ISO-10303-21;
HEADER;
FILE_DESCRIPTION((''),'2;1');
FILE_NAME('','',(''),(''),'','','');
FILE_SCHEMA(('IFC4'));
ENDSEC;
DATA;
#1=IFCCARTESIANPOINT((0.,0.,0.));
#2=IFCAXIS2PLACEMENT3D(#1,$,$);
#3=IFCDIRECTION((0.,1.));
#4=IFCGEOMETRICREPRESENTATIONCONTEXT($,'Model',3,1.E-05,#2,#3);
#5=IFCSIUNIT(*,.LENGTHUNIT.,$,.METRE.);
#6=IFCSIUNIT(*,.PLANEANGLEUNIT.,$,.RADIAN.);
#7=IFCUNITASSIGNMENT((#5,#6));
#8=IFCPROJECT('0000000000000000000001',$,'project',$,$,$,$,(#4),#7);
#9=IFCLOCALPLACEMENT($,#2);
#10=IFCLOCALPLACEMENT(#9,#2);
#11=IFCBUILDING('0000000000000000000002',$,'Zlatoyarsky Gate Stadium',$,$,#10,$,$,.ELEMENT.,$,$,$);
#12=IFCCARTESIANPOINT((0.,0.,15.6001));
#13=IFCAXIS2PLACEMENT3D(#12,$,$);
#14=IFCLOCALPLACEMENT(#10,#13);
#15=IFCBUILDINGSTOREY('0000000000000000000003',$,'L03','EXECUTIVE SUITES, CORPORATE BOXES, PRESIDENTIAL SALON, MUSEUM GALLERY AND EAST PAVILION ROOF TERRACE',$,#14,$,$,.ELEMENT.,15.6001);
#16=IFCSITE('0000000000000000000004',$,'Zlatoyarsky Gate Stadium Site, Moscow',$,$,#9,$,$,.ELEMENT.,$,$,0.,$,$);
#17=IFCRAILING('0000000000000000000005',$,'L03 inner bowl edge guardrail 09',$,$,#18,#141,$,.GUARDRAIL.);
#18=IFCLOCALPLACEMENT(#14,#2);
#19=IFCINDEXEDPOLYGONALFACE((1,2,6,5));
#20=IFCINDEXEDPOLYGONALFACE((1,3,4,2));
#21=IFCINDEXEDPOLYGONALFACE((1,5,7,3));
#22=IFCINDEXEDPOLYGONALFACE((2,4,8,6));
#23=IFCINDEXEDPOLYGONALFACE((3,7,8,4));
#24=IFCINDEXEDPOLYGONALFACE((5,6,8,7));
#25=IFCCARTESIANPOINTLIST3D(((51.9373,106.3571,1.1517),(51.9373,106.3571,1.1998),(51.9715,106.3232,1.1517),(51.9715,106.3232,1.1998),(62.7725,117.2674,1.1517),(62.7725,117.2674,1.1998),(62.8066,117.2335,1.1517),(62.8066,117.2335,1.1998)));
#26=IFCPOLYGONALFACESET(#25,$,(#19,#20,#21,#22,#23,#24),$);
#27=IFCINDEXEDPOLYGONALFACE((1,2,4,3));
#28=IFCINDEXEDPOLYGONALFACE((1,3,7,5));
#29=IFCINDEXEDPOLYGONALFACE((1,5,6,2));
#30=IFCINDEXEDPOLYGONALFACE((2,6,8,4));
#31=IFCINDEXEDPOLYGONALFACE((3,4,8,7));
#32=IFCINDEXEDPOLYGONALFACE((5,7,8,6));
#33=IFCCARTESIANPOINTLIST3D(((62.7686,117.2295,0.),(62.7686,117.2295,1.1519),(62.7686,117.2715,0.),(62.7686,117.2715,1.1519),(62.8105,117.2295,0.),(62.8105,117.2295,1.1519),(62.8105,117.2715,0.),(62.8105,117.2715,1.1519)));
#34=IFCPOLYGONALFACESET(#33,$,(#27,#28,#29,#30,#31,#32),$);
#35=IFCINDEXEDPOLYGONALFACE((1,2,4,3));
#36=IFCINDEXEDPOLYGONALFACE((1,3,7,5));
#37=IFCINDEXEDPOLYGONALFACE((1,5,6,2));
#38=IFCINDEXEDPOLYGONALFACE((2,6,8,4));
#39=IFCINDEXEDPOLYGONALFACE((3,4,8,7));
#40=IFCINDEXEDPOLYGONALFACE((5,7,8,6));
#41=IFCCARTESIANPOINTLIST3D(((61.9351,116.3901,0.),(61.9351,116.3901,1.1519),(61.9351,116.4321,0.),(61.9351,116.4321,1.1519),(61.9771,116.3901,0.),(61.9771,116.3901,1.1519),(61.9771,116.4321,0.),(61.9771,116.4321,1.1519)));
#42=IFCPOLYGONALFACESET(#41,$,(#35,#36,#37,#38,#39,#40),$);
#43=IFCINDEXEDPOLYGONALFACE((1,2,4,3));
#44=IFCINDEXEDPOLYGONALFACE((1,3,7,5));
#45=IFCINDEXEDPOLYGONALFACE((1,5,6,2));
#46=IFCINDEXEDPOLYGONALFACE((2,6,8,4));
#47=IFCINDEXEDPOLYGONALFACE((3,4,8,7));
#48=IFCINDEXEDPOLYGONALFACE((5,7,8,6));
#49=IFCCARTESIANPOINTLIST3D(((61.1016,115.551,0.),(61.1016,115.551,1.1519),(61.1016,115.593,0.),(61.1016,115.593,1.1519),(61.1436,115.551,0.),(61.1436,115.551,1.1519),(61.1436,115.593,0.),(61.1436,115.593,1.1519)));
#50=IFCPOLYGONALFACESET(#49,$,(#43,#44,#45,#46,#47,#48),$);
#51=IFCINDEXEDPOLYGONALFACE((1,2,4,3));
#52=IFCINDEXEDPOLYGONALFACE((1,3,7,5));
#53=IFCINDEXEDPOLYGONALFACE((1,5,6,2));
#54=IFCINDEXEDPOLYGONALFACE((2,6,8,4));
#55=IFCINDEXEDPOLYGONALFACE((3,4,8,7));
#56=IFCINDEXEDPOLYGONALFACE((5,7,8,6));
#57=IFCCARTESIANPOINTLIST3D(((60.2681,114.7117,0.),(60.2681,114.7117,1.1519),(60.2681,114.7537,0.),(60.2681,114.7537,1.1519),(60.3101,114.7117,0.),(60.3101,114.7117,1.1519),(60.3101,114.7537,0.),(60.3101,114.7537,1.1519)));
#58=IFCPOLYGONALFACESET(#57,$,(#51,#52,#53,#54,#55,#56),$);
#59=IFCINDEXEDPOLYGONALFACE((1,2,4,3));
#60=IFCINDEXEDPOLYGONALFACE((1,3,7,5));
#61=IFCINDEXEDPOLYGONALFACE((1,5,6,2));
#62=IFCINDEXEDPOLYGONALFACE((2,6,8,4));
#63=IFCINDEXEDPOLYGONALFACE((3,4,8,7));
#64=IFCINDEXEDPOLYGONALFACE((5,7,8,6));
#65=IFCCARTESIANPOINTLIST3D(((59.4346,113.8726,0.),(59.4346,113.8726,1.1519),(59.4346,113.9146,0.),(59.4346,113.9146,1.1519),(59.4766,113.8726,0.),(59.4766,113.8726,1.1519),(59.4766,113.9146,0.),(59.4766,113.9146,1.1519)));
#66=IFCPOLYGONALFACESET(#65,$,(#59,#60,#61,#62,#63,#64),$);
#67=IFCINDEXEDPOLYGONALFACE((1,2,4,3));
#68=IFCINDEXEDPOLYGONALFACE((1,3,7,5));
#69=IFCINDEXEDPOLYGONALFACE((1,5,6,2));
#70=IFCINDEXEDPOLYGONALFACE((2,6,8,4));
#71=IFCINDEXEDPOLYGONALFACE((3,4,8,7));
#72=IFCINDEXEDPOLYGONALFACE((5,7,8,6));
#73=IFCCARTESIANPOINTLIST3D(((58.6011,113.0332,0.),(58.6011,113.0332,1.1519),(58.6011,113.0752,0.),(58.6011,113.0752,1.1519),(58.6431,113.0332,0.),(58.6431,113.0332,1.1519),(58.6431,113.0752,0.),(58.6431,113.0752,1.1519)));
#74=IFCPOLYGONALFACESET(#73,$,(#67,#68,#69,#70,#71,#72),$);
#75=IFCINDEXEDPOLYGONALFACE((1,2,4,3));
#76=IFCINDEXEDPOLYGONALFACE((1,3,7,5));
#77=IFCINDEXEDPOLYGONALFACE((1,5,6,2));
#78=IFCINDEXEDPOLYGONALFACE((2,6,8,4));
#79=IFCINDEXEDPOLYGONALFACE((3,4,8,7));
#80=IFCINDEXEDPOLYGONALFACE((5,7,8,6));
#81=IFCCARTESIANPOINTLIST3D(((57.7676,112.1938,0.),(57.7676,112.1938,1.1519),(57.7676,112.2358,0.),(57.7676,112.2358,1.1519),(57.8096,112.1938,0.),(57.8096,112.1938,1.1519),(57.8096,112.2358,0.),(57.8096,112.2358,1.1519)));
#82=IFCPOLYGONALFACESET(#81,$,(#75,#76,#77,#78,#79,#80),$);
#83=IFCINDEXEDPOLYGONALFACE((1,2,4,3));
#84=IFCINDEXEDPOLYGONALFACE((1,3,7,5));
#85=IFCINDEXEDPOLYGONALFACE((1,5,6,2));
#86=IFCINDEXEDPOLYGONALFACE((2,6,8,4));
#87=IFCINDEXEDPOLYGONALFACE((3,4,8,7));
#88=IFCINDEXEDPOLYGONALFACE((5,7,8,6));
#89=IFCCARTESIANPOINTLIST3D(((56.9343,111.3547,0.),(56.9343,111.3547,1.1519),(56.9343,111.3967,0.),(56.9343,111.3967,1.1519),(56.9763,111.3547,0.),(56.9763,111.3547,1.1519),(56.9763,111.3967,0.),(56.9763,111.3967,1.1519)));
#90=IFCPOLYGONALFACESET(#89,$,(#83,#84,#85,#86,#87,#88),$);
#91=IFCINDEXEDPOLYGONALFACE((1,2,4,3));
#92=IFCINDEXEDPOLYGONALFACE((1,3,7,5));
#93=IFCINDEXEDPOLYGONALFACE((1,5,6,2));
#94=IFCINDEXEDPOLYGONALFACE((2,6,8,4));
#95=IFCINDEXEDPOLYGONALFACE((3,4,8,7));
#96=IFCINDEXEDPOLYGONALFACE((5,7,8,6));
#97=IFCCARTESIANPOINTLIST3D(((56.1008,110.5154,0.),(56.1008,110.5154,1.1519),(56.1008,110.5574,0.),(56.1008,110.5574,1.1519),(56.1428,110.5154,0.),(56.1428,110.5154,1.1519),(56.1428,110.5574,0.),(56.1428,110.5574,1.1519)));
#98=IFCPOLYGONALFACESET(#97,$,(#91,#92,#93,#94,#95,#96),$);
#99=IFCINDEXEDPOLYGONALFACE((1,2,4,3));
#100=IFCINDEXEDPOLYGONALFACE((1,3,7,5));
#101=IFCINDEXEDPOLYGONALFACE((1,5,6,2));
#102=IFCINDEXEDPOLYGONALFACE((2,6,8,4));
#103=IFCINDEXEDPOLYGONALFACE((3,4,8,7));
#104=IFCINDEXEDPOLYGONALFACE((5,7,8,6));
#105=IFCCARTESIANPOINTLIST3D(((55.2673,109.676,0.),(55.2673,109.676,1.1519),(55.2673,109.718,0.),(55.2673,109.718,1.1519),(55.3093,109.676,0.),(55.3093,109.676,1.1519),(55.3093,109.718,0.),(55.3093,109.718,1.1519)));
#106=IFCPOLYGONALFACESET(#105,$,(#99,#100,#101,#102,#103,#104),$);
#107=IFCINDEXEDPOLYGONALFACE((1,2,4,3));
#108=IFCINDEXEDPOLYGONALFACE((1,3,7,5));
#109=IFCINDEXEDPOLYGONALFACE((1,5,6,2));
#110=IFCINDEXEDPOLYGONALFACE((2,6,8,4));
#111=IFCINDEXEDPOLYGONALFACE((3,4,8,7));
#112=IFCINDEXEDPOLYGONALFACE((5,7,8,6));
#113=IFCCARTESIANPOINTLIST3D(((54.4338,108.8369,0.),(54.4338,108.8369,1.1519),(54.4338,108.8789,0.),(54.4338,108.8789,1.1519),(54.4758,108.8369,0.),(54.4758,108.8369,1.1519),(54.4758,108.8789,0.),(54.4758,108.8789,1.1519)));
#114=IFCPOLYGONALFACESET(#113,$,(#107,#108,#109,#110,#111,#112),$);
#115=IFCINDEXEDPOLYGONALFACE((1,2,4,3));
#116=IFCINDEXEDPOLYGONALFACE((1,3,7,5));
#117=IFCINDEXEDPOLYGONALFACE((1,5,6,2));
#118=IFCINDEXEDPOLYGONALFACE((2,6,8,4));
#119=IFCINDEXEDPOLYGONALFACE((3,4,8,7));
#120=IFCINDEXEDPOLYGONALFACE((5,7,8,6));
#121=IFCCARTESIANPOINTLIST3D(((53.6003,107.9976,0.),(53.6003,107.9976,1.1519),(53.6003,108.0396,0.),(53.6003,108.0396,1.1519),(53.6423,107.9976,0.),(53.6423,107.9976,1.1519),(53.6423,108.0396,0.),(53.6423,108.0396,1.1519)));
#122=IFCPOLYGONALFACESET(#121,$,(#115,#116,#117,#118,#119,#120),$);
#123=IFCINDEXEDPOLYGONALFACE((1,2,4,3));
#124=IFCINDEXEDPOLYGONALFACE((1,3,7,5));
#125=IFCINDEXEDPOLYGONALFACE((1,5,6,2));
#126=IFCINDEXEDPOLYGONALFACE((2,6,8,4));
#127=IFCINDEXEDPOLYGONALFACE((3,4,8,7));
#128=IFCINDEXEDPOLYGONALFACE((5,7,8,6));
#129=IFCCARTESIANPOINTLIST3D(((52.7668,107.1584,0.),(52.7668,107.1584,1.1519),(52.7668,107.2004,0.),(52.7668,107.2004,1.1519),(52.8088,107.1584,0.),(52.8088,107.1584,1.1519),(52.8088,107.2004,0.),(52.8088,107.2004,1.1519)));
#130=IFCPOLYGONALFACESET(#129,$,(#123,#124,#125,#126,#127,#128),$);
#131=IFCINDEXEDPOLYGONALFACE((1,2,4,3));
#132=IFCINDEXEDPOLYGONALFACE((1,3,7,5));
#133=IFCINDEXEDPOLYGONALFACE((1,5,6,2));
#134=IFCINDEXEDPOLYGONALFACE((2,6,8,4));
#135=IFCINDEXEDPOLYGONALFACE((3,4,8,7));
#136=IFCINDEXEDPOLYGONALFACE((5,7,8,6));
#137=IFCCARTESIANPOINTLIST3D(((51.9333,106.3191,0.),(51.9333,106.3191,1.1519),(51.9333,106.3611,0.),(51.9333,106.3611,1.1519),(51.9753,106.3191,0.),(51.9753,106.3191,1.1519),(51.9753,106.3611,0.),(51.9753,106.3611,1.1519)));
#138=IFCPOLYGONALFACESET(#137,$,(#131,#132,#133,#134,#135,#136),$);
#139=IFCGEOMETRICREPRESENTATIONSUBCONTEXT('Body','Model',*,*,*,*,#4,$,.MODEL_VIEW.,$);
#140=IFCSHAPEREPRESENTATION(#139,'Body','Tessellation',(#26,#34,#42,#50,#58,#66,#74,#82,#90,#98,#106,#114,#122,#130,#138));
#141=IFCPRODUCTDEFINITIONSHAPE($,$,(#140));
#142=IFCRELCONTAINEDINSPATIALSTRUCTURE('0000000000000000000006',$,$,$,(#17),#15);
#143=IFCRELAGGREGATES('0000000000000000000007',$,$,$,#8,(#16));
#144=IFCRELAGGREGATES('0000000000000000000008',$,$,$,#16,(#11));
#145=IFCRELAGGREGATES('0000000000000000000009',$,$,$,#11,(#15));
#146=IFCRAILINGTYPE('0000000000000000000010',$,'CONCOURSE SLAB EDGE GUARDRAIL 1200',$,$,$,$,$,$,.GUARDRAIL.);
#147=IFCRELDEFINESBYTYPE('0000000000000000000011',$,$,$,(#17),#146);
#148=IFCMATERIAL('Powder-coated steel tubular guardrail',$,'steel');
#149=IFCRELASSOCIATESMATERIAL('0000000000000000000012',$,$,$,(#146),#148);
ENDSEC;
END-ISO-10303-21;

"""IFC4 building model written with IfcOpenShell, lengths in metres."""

from ifc_helpers import new_model, si_unit, direction, frame, origin, origin_2d, place, context, subcontext, project, spatial, rectangle, extrude, material, type_object, element, save


model = new_model("IFC4")

# Units and contexts
model_context = context("Model", 3, precision=1e-05, world=origin(), true_north=direction((0.0, 1.0)))
body_context = subcontext(model_context, "Body", "Model", "MODEL_VIEW")
ifc_project = project(units=[si_unit("LENGTHUNIT", "METRE"), si_unit("PLANEANGLEUNIT", "RADIAN")], contexts=[model_context])

# Site, building, storey
site_placement = place(None, origin())
site = spatial("IfcSite", under=ifc_project, at=site_placement, Name="Zlatoyarsky Gate Stadium Site, Moscow", CompositionType="ELEMENT", RefElevation=0.0)
building_placement = place(site_placement, origin())
building = spatial("IfcBuilding", under=site, at=building_placement, Name="Zlatoyarsky Gate Stadium", CompositionType="ELEMENT")
storey_placement = place(building_placement, frame((0.0, 0.0, 15.6001)))
storey = spatial("IfcBuildingStorey", under=building, at=storey_placement, Name="L03", Description="EXECUTIVE SUITES, CORPORATE BOXES, PRESIDENTIAL SALON, MUSEUM GALLERY AND EAST PAVILION ROOF TERRACE", CompositionType="ELEMENT", Elevation=15.6001)

# Railing
ifc_material_1 = material(Name="Powder-coated steel tubular guardrail", Category="steel")
railing_type = type_object("IfcRailingType", Name="CONCOURSE SLAB EDGE GUARDRAIL 1200", PredefinedType="GUARDRAIL", material=ifc_material_1)
railing_1_placement = place(storey_placement, frame((62.7896, 117.2505, 0.0)))
element("IfcRailing", 1, at=railing_1_placement, inside=storey, type_object=railing_type, Name="L03 inner bowl edge guardrail 09", PredefinedType="GUARDRAIL", context=body_context, shape_type="SweptSolid", body=[
    extrude(rectangle(XDim=0.0481, YDim=0.0481, at=origin_2d()), frame((0.0, 0.0, 1.1758), z_axis=(-0.704657, -0.709548, 0.0), x_axis=(0.709548, -0.704657, 0.0)), (0.0, 0.0, 1.0), 15.3765),
    extrude(rectangle(XDim=0.042, YDim=0.042, at=origin_2d()), origin(), (0.0, 0.0, 1.0), 1.1519),
    extrude(rectangle(XDim=0.042, YDim=0.042, at=origin_2d()), frame((-0.8335, -0.8394, 0.0)), (0.0, 0.0, 1.0), 1.1519),
    extrude(rectangle(XDim=0.042, YDim=0.042, at=origin_2d()), frame((-1.667, -1.6785, 0.0)), (0.0, 0.0, 1.0), 1.1519),
    extrude(rectangle(XDim=0.042, YDim=0.042, at=origin_2d()), frame((-2.5005, -2.5178, 0.0)), (0.0, 0.0, 1.0), 1.1519),
    extrude(rectangle(XDim=0.042, YDim=0.042, at=origin_2d()), frame((-3.334, -3.3569, 0.0)), (0.0, 0.0, 1.0), 1.1519),
    extrude(rectangle(XDim=0.042, YDim=0.042, at=origin_2d()), frame((-4.1675, -4.1963, 0.0)), (0.0, 0.0, 1.0), 1.1519),
    extrude(rectangle(XDim=0.042, YDim=0.042, at=origin_2d()), frame((-5.001, -5.0356, 0.0)), (0.0, 0.0, 1.0), 1.1519),
    extrude(rectangle(XDim=0.042, YDim=0.042, at=origin_2d()), frame((-5.8342, -5.8748, 0.0)), (0.0, 0.0, 1.0), 1.1519),
    extrude(rectangle(XDim=0.042, YDim=0.042, at=origin_2d()), frame((-6.6677, -6.7141, 0.0)), (0.0, 0.0, 1.0), 1.1519),
    extrude(rectangle(XDim=0.042, YDim=0.042, at=origin_2d()), frame((-7.5012, -7.5535, 0.0)), (0.0, 0.0, 1.0), 1.1519),
    extrude(rectangle(XDim=0.042, YDim=0.042, at=origin_2d()), frame((-8.3347, -8.3926, 0.0)), (0.0, 0.0, 1.0), 1.1519),
    extrude(rectangle(XDim=0.042, YDim=0.042, at=origin_2d()), frame((-9.1682, -9.2319, 0.0)), (0.0, 0.0, 1.0), 1.1519),
    extrude(rectangle(XDim=0.042, YDim=0.042, at=origin_2d()), frame((-10.0017, -10.071, 0.0)), (0.0, 0.0, 1.0), 1.1519),
    extrude(rectangle(XDim=0.042, YDim=0.042, at=origin_2d()), frame((-10.8352, -10.9104, 0.0)), (0.0, 0.0, 1.0), 1.1519),
])

save(model, "model.ifc")
